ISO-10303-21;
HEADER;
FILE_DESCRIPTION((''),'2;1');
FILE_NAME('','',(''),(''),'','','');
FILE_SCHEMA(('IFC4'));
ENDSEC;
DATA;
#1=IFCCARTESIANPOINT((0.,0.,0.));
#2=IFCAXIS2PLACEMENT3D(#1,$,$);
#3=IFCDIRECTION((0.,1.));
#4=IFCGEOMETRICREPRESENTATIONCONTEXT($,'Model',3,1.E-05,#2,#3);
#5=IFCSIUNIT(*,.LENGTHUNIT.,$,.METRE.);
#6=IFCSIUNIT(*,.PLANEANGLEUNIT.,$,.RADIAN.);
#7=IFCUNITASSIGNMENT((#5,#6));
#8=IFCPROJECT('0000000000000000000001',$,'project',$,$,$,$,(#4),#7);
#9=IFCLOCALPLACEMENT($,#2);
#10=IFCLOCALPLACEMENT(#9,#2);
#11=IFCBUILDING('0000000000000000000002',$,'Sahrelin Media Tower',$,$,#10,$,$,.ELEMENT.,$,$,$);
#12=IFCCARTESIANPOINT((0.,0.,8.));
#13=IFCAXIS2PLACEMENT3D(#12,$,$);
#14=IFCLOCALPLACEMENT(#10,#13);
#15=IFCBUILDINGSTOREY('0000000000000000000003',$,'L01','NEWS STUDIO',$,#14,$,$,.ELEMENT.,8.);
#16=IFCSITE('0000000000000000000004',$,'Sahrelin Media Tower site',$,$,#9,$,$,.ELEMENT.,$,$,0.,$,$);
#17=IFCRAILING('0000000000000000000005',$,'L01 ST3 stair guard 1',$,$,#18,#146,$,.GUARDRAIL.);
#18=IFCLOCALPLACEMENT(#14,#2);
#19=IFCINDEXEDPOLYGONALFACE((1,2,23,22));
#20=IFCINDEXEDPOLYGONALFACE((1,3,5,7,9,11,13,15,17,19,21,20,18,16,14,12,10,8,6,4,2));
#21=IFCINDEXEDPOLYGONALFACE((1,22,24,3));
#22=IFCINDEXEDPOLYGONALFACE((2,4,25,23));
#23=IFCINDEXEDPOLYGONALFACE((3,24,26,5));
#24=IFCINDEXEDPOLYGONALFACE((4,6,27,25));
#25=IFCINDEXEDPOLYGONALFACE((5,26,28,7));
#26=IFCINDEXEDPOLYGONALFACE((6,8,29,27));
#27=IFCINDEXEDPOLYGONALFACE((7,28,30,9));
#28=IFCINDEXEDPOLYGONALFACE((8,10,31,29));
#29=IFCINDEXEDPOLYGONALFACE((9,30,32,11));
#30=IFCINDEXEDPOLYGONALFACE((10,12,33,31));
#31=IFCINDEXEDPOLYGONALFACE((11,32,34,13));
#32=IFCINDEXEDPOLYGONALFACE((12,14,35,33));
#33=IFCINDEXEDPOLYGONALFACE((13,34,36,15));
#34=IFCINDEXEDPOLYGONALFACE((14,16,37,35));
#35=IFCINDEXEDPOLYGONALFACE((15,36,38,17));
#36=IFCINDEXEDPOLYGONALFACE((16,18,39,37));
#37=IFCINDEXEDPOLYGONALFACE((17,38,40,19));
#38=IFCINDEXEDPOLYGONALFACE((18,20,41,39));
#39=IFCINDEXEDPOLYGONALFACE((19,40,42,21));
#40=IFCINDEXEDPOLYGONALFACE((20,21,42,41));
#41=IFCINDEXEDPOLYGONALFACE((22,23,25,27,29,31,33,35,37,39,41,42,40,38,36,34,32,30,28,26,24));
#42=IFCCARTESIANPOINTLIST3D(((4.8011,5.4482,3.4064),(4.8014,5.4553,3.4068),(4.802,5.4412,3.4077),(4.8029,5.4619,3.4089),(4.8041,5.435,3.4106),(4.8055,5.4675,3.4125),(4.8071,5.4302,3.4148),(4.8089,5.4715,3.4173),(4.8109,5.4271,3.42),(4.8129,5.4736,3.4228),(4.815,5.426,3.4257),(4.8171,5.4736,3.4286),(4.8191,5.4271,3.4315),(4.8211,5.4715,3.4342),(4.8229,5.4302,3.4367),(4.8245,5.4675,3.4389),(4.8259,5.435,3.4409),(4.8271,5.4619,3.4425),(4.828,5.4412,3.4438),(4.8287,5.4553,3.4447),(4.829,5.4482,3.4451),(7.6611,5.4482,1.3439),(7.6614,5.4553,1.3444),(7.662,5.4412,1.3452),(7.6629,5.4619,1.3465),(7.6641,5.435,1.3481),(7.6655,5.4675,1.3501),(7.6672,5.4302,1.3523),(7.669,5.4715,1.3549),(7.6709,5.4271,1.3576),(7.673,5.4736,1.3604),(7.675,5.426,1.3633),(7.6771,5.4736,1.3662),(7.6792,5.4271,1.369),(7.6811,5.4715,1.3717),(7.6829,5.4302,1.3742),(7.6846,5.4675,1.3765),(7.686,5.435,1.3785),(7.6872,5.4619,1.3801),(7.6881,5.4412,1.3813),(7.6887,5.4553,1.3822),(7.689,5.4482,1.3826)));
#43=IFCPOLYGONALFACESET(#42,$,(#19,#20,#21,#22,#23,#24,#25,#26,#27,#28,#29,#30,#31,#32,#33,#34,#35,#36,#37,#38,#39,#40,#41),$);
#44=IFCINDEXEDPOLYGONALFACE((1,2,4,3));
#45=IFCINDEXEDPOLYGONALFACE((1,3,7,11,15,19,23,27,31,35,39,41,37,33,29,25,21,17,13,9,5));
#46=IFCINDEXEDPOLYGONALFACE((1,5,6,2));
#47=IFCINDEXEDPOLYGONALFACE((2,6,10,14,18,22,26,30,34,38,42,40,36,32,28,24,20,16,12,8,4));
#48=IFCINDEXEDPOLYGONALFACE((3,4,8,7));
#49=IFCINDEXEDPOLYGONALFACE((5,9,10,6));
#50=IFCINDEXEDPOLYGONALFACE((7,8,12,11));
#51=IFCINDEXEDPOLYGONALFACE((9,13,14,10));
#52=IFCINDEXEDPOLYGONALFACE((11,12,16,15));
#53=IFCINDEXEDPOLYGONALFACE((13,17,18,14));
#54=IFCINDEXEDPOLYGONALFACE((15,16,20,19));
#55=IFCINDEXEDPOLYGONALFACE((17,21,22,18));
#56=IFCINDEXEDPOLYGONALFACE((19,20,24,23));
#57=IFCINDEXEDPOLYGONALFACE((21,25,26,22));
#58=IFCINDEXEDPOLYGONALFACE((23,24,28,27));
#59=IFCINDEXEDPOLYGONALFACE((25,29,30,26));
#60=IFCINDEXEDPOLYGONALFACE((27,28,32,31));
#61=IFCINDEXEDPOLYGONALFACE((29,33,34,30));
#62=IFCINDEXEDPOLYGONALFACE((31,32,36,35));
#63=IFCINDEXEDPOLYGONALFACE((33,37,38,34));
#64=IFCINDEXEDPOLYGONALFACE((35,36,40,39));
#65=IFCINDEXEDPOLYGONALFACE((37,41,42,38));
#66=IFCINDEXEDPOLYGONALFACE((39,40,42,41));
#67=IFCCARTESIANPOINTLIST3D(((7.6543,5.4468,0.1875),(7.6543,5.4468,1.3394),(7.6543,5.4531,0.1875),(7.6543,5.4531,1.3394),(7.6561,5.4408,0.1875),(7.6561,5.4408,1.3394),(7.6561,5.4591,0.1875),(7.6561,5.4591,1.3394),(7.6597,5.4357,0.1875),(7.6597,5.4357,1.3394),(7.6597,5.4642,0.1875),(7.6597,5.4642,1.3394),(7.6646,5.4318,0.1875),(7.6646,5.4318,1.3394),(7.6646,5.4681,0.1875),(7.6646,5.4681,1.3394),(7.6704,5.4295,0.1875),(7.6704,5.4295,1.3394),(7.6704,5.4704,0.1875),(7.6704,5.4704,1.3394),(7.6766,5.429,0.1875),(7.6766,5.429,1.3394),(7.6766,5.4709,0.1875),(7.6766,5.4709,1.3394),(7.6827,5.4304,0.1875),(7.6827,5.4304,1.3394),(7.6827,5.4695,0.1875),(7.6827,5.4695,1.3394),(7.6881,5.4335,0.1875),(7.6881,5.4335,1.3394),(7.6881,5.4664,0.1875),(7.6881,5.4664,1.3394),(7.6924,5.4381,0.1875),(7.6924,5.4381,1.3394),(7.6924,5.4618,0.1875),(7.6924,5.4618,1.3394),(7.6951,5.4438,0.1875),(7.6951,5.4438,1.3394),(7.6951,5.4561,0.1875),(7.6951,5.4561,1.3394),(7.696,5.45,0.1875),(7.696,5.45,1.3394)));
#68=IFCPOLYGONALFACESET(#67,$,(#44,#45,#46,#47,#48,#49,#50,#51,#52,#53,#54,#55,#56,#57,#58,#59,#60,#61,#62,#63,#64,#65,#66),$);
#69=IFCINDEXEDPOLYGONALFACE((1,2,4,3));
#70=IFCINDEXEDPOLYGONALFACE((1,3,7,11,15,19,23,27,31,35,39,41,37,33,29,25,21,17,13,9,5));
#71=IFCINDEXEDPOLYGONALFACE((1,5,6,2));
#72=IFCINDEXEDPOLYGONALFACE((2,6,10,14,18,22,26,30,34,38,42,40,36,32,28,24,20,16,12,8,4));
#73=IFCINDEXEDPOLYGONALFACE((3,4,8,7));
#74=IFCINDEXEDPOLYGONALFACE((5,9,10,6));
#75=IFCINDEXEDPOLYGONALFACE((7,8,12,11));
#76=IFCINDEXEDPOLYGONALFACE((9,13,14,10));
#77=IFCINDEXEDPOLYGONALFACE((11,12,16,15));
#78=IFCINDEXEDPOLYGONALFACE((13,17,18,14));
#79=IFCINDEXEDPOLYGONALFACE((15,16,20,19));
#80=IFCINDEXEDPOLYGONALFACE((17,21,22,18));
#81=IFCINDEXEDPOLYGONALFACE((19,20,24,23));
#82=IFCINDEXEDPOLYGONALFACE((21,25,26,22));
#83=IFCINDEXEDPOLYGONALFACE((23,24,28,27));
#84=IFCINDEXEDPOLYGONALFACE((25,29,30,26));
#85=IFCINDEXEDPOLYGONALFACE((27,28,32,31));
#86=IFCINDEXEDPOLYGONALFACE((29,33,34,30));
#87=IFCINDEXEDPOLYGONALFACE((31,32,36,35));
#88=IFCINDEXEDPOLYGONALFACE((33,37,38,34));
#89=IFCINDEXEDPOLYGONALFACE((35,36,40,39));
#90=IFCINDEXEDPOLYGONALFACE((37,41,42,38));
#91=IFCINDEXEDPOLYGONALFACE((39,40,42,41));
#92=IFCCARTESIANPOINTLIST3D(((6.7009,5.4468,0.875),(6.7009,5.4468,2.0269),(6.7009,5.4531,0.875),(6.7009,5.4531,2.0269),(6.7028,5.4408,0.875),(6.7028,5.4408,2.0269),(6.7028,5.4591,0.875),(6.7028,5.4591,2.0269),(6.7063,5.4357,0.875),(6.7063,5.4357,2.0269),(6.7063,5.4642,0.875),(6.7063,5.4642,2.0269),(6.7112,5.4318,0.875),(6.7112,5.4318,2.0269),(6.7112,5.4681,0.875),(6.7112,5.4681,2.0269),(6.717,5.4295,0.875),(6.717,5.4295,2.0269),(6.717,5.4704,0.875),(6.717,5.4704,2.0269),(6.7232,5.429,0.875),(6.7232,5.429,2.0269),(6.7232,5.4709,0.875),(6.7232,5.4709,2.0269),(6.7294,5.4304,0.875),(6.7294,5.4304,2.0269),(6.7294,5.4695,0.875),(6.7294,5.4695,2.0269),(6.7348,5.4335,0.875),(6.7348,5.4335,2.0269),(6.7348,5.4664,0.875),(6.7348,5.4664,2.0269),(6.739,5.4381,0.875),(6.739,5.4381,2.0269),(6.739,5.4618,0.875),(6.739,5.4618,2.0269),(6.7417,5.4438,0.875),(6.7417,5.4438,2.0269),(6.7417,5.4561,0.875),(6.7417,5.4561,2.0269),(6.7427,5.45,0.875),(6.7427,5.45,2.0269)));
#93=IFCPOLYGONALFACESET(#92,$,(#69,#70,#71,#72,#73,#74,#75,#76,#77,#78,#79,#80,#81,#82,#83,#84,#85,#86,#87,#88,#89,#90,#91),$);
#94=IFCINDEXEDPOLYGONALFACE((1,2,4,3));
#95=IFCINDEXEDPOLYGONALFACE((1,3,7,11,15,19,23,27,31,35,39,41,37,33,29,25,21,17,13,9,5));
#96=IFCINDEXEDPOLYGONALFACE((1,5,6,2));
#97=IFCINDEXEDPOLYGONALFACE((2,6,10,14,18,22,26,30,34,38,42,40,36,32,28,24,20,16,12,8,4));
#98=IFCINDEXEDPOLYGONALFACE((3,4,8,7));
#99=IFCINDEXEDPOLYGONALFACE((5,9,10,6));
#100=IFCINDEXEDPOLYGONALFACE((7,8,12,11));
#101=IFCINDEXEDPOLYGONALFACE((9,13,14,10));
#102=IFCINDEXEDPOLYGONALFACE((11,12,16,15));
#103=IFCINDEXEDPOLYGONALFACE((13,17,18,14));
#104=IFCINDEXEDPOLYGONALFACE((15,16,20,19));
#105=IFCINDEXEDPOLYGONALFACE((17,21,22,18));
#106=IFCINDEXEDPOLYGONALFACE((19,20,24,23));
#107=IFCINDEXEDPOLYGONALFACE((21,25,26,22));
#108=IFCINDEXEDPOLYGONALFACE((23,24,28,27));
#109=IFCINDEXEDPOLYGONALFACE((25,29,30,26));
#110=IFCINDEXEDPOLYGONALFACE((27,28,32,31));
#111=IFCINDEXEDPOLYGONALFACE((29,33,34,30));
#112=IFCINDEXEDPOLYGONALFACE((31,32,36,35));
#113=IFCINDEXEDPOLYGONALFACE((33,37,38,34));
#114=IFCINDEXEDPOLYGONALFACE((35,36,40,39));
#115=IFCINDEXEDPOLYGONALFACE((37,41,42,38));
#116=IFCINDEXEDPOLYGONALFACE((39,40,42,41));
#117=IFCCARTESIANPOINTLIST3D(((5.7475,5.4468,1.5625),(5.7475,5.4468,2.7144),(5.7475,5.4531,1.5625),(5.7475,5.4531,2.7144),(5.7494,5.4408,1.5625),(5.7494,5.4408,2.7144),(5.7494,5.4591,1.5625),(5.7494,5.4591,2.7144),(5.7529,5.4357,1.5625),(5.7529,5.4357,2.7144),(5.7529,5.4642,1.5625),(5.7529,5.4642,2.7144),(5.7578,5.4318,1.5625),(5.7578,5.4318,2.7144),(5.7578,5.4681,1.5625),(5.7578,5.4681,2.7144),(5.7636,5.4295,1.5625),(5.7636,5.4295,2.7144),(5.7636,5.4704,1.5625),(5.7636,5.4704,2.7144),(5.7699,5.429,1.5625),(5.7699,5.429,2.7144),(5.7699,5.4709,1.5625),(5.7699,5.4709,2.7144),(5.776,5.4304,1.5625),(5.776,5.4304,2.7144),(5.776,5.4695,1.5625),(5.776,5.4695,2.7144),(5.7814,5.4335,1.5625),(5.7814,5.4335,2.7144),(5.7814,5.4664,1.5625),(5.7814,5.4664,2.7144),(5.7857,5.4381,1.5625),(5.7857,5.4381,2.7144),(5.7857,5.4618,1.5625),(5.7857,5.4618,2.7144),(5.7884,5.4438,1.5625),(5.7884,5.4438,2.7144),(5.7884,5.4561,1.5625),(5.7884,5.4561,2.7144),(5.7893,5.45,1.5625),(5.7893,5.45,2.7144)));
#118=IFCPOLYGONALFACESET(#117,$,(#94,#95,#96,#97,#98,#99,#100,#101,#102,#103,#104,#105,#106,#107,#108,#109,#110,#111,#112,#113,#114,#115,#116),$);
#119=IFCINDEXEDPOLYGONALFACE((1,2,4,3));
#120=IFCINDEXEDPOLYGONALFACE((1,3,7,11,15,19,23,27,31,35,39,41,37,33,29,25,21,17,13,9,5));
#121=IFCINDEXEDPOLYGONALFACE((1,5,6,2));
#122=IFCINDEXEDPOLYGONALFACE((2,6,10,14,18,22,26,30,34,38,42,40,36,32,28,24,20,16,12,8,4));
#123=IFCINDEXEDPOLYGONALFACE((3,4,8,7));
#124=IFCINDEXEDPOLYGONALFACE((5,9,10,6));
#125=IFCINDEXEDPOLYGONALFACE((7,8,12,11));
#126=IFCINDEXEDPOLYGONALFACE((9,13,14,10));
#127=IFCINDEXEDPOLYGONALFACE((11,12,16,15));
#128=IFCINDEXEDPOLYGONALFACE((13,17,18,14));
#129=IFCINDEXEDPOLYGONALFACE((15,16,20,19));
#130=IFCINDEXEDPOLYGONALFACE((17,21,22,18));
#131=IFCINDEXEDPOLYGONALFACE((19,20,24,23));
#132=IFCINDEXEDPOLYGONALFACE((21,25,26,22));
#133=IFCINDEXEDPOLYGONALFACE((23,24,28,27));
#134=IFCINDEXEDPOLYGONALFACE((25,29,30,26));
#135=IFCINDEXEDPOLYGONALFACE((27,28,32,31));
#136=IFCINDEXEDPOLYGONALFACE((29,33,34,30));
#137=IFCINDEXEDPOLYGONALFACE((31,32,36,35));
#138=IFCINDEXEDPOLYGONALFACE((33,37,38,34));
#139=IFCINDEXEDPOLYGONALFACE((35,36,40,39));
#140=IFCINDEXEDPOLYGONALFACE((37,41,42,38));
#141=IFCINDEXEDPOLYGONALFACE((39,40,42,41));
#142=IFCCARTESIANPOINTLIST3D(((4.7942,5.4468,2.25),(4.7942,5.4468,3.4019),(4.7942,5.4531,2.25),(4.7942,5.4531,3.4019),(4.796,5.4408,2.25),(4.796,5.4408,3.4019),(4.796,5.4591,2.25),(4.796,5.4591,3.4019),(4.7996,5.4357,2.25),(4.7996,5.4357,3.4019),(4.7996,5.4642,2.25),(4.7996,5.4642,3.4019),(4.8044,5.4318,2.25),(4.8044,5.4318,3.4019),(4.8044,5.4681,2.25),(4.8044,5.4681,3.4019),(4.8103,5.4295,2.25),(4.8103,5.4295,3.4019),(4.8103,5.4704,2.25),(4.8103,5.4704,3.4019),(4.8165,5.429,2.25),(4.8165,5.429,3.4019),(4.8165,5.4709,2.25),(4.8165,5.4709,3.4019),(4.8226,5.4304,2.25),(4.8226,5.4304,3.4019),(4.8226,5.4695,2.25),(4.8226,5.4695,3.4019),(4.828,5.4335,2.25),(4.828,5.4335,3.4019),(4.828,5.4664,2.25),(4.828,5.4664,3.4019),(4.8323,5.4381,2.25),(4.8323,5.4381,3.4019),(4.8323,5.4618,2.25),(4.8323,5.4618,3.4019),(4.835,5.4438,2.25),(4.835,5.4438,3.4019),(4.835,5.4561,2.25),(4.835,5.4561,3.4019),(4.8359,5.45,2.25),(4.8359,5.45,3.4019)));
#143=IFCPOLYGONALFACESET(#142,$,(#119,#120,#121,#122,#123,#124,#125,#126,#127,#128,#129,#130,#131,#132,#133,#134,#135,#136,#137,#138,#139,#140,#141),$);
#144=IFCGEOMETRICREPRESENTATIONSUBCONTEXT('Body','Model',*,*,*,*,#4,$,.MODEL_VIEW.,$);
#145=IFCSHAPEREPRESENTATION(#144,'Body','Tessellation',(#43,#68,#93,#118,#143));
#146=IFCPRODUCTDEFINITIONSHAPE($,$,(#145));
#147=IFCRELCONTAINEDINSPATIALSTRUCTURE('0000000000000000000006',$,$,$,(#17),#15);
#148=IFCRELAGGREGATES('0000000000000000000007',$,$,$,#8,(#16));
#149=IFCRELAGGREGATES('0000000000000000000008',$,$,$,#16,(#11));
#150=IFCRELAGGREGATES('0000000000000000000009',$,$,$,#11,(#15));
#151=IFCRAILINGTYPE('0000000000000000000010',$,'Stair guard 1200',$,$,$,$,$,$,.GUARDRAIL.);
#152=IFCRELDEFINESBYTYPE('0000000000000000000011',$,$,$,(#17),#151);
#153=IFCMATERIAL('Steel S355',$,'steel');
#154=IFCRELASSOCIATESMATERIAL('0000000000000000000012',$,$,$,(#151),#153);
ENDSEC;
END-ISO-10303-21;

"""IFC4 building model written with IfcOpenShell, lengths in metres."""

from ifc_helpers import new_model, si_unit, direction, frame, origin, origin_2d, place, context, subcontext, project, spatial, circle, extrude, material, type_object, element, save


model = new_model("IFC4")

# Units and contexts
model_context = context("Model", 3, precision=1e-05, world=origin(), true_north=direction((0.0, 1.0)))
body_context = subcontext(model_context, "Body", "Model", "MODEL_VIEW")
ifc_project = project(units=[si_unit("LENGTHUNIT", "METRE"), si_unit("PLANEANGLEUNIT", "RADIAN")], contexts=[model_context])

# Site, building, storey
site_placement = place(None, origin())
site = spatial("IfcSite", under=ifc_project, at=site_placement, Name="Sahrelin Media Tower site", CompositionType="ELEMENT", RefElevation=0.0)
building_placement = place(site_placement, origin())
building = spatial("IfcBuilding", under=site, at=building_placement, Name="Sahrelin Media Tower", CompositionType="ELEMENT")
storey_placement = place(building_placement, frame((0.0, 0.0, 8.0)))
storey = spatial("IfcBuildingStorey", under=building, at=storey_placement, Name="L01", Description="NEWS STUDIO", CompositionType="ELEMENT", Elevation=8.0)

# Shared definitions
ifc_material_1 = material(Name="Steel S355", Category="steel")

# Railing
railing_type_1 = type_object("IfcRailingType", Name="Stair guard 1200", PredefinedType="GUARDRAIL", material=ifc_material_1)
railing_1_placement = place(storey_placement, frame((7.675, 5.45, 0.1875)))
element("IfcRailing", 1, at=railing_1_placement, inside=storey, type_object=railing_type_1, Name="L01 ST3 stair guard 1", PredefinedType="GUARDRAIL", context=body_context, shape_type="SweptSolid", body=[
    extrude(circle(Radius=0.0239, at=origin_2d()), frame((0.0, 0.0, 1.1758), z_axis=(-0.811101, 0.0, 0.584906), x_axis=(0.0, -1.0, 0.0)), (0.0, 0.0, 1.0), 3.5261),
    extrude(circle(Radius=0.021, at=origin_2d()), origin(), (0.0, 0.0, 1.0), 1.1519),
    extrude(circle(Radius=0.021, at=origin_2d()), frame((-0.9534, 0.0, 0.6875)), (0.0, 0.0, 1.0), 1.1519),
    extrude(circle(Radius=0.021, at=origin_2d()), frame((-1.9067, 0.0, 1.375)), (0.0, 0.0, 1.0), 1.1519),
    extrude(circle(Radius=0.021, at=origin_2d()), frame((-2.8601, 0.0, 2.0625)), (0.0, 0.0, 1.0), 1.1519),
])

save(model, "model.ifc")
